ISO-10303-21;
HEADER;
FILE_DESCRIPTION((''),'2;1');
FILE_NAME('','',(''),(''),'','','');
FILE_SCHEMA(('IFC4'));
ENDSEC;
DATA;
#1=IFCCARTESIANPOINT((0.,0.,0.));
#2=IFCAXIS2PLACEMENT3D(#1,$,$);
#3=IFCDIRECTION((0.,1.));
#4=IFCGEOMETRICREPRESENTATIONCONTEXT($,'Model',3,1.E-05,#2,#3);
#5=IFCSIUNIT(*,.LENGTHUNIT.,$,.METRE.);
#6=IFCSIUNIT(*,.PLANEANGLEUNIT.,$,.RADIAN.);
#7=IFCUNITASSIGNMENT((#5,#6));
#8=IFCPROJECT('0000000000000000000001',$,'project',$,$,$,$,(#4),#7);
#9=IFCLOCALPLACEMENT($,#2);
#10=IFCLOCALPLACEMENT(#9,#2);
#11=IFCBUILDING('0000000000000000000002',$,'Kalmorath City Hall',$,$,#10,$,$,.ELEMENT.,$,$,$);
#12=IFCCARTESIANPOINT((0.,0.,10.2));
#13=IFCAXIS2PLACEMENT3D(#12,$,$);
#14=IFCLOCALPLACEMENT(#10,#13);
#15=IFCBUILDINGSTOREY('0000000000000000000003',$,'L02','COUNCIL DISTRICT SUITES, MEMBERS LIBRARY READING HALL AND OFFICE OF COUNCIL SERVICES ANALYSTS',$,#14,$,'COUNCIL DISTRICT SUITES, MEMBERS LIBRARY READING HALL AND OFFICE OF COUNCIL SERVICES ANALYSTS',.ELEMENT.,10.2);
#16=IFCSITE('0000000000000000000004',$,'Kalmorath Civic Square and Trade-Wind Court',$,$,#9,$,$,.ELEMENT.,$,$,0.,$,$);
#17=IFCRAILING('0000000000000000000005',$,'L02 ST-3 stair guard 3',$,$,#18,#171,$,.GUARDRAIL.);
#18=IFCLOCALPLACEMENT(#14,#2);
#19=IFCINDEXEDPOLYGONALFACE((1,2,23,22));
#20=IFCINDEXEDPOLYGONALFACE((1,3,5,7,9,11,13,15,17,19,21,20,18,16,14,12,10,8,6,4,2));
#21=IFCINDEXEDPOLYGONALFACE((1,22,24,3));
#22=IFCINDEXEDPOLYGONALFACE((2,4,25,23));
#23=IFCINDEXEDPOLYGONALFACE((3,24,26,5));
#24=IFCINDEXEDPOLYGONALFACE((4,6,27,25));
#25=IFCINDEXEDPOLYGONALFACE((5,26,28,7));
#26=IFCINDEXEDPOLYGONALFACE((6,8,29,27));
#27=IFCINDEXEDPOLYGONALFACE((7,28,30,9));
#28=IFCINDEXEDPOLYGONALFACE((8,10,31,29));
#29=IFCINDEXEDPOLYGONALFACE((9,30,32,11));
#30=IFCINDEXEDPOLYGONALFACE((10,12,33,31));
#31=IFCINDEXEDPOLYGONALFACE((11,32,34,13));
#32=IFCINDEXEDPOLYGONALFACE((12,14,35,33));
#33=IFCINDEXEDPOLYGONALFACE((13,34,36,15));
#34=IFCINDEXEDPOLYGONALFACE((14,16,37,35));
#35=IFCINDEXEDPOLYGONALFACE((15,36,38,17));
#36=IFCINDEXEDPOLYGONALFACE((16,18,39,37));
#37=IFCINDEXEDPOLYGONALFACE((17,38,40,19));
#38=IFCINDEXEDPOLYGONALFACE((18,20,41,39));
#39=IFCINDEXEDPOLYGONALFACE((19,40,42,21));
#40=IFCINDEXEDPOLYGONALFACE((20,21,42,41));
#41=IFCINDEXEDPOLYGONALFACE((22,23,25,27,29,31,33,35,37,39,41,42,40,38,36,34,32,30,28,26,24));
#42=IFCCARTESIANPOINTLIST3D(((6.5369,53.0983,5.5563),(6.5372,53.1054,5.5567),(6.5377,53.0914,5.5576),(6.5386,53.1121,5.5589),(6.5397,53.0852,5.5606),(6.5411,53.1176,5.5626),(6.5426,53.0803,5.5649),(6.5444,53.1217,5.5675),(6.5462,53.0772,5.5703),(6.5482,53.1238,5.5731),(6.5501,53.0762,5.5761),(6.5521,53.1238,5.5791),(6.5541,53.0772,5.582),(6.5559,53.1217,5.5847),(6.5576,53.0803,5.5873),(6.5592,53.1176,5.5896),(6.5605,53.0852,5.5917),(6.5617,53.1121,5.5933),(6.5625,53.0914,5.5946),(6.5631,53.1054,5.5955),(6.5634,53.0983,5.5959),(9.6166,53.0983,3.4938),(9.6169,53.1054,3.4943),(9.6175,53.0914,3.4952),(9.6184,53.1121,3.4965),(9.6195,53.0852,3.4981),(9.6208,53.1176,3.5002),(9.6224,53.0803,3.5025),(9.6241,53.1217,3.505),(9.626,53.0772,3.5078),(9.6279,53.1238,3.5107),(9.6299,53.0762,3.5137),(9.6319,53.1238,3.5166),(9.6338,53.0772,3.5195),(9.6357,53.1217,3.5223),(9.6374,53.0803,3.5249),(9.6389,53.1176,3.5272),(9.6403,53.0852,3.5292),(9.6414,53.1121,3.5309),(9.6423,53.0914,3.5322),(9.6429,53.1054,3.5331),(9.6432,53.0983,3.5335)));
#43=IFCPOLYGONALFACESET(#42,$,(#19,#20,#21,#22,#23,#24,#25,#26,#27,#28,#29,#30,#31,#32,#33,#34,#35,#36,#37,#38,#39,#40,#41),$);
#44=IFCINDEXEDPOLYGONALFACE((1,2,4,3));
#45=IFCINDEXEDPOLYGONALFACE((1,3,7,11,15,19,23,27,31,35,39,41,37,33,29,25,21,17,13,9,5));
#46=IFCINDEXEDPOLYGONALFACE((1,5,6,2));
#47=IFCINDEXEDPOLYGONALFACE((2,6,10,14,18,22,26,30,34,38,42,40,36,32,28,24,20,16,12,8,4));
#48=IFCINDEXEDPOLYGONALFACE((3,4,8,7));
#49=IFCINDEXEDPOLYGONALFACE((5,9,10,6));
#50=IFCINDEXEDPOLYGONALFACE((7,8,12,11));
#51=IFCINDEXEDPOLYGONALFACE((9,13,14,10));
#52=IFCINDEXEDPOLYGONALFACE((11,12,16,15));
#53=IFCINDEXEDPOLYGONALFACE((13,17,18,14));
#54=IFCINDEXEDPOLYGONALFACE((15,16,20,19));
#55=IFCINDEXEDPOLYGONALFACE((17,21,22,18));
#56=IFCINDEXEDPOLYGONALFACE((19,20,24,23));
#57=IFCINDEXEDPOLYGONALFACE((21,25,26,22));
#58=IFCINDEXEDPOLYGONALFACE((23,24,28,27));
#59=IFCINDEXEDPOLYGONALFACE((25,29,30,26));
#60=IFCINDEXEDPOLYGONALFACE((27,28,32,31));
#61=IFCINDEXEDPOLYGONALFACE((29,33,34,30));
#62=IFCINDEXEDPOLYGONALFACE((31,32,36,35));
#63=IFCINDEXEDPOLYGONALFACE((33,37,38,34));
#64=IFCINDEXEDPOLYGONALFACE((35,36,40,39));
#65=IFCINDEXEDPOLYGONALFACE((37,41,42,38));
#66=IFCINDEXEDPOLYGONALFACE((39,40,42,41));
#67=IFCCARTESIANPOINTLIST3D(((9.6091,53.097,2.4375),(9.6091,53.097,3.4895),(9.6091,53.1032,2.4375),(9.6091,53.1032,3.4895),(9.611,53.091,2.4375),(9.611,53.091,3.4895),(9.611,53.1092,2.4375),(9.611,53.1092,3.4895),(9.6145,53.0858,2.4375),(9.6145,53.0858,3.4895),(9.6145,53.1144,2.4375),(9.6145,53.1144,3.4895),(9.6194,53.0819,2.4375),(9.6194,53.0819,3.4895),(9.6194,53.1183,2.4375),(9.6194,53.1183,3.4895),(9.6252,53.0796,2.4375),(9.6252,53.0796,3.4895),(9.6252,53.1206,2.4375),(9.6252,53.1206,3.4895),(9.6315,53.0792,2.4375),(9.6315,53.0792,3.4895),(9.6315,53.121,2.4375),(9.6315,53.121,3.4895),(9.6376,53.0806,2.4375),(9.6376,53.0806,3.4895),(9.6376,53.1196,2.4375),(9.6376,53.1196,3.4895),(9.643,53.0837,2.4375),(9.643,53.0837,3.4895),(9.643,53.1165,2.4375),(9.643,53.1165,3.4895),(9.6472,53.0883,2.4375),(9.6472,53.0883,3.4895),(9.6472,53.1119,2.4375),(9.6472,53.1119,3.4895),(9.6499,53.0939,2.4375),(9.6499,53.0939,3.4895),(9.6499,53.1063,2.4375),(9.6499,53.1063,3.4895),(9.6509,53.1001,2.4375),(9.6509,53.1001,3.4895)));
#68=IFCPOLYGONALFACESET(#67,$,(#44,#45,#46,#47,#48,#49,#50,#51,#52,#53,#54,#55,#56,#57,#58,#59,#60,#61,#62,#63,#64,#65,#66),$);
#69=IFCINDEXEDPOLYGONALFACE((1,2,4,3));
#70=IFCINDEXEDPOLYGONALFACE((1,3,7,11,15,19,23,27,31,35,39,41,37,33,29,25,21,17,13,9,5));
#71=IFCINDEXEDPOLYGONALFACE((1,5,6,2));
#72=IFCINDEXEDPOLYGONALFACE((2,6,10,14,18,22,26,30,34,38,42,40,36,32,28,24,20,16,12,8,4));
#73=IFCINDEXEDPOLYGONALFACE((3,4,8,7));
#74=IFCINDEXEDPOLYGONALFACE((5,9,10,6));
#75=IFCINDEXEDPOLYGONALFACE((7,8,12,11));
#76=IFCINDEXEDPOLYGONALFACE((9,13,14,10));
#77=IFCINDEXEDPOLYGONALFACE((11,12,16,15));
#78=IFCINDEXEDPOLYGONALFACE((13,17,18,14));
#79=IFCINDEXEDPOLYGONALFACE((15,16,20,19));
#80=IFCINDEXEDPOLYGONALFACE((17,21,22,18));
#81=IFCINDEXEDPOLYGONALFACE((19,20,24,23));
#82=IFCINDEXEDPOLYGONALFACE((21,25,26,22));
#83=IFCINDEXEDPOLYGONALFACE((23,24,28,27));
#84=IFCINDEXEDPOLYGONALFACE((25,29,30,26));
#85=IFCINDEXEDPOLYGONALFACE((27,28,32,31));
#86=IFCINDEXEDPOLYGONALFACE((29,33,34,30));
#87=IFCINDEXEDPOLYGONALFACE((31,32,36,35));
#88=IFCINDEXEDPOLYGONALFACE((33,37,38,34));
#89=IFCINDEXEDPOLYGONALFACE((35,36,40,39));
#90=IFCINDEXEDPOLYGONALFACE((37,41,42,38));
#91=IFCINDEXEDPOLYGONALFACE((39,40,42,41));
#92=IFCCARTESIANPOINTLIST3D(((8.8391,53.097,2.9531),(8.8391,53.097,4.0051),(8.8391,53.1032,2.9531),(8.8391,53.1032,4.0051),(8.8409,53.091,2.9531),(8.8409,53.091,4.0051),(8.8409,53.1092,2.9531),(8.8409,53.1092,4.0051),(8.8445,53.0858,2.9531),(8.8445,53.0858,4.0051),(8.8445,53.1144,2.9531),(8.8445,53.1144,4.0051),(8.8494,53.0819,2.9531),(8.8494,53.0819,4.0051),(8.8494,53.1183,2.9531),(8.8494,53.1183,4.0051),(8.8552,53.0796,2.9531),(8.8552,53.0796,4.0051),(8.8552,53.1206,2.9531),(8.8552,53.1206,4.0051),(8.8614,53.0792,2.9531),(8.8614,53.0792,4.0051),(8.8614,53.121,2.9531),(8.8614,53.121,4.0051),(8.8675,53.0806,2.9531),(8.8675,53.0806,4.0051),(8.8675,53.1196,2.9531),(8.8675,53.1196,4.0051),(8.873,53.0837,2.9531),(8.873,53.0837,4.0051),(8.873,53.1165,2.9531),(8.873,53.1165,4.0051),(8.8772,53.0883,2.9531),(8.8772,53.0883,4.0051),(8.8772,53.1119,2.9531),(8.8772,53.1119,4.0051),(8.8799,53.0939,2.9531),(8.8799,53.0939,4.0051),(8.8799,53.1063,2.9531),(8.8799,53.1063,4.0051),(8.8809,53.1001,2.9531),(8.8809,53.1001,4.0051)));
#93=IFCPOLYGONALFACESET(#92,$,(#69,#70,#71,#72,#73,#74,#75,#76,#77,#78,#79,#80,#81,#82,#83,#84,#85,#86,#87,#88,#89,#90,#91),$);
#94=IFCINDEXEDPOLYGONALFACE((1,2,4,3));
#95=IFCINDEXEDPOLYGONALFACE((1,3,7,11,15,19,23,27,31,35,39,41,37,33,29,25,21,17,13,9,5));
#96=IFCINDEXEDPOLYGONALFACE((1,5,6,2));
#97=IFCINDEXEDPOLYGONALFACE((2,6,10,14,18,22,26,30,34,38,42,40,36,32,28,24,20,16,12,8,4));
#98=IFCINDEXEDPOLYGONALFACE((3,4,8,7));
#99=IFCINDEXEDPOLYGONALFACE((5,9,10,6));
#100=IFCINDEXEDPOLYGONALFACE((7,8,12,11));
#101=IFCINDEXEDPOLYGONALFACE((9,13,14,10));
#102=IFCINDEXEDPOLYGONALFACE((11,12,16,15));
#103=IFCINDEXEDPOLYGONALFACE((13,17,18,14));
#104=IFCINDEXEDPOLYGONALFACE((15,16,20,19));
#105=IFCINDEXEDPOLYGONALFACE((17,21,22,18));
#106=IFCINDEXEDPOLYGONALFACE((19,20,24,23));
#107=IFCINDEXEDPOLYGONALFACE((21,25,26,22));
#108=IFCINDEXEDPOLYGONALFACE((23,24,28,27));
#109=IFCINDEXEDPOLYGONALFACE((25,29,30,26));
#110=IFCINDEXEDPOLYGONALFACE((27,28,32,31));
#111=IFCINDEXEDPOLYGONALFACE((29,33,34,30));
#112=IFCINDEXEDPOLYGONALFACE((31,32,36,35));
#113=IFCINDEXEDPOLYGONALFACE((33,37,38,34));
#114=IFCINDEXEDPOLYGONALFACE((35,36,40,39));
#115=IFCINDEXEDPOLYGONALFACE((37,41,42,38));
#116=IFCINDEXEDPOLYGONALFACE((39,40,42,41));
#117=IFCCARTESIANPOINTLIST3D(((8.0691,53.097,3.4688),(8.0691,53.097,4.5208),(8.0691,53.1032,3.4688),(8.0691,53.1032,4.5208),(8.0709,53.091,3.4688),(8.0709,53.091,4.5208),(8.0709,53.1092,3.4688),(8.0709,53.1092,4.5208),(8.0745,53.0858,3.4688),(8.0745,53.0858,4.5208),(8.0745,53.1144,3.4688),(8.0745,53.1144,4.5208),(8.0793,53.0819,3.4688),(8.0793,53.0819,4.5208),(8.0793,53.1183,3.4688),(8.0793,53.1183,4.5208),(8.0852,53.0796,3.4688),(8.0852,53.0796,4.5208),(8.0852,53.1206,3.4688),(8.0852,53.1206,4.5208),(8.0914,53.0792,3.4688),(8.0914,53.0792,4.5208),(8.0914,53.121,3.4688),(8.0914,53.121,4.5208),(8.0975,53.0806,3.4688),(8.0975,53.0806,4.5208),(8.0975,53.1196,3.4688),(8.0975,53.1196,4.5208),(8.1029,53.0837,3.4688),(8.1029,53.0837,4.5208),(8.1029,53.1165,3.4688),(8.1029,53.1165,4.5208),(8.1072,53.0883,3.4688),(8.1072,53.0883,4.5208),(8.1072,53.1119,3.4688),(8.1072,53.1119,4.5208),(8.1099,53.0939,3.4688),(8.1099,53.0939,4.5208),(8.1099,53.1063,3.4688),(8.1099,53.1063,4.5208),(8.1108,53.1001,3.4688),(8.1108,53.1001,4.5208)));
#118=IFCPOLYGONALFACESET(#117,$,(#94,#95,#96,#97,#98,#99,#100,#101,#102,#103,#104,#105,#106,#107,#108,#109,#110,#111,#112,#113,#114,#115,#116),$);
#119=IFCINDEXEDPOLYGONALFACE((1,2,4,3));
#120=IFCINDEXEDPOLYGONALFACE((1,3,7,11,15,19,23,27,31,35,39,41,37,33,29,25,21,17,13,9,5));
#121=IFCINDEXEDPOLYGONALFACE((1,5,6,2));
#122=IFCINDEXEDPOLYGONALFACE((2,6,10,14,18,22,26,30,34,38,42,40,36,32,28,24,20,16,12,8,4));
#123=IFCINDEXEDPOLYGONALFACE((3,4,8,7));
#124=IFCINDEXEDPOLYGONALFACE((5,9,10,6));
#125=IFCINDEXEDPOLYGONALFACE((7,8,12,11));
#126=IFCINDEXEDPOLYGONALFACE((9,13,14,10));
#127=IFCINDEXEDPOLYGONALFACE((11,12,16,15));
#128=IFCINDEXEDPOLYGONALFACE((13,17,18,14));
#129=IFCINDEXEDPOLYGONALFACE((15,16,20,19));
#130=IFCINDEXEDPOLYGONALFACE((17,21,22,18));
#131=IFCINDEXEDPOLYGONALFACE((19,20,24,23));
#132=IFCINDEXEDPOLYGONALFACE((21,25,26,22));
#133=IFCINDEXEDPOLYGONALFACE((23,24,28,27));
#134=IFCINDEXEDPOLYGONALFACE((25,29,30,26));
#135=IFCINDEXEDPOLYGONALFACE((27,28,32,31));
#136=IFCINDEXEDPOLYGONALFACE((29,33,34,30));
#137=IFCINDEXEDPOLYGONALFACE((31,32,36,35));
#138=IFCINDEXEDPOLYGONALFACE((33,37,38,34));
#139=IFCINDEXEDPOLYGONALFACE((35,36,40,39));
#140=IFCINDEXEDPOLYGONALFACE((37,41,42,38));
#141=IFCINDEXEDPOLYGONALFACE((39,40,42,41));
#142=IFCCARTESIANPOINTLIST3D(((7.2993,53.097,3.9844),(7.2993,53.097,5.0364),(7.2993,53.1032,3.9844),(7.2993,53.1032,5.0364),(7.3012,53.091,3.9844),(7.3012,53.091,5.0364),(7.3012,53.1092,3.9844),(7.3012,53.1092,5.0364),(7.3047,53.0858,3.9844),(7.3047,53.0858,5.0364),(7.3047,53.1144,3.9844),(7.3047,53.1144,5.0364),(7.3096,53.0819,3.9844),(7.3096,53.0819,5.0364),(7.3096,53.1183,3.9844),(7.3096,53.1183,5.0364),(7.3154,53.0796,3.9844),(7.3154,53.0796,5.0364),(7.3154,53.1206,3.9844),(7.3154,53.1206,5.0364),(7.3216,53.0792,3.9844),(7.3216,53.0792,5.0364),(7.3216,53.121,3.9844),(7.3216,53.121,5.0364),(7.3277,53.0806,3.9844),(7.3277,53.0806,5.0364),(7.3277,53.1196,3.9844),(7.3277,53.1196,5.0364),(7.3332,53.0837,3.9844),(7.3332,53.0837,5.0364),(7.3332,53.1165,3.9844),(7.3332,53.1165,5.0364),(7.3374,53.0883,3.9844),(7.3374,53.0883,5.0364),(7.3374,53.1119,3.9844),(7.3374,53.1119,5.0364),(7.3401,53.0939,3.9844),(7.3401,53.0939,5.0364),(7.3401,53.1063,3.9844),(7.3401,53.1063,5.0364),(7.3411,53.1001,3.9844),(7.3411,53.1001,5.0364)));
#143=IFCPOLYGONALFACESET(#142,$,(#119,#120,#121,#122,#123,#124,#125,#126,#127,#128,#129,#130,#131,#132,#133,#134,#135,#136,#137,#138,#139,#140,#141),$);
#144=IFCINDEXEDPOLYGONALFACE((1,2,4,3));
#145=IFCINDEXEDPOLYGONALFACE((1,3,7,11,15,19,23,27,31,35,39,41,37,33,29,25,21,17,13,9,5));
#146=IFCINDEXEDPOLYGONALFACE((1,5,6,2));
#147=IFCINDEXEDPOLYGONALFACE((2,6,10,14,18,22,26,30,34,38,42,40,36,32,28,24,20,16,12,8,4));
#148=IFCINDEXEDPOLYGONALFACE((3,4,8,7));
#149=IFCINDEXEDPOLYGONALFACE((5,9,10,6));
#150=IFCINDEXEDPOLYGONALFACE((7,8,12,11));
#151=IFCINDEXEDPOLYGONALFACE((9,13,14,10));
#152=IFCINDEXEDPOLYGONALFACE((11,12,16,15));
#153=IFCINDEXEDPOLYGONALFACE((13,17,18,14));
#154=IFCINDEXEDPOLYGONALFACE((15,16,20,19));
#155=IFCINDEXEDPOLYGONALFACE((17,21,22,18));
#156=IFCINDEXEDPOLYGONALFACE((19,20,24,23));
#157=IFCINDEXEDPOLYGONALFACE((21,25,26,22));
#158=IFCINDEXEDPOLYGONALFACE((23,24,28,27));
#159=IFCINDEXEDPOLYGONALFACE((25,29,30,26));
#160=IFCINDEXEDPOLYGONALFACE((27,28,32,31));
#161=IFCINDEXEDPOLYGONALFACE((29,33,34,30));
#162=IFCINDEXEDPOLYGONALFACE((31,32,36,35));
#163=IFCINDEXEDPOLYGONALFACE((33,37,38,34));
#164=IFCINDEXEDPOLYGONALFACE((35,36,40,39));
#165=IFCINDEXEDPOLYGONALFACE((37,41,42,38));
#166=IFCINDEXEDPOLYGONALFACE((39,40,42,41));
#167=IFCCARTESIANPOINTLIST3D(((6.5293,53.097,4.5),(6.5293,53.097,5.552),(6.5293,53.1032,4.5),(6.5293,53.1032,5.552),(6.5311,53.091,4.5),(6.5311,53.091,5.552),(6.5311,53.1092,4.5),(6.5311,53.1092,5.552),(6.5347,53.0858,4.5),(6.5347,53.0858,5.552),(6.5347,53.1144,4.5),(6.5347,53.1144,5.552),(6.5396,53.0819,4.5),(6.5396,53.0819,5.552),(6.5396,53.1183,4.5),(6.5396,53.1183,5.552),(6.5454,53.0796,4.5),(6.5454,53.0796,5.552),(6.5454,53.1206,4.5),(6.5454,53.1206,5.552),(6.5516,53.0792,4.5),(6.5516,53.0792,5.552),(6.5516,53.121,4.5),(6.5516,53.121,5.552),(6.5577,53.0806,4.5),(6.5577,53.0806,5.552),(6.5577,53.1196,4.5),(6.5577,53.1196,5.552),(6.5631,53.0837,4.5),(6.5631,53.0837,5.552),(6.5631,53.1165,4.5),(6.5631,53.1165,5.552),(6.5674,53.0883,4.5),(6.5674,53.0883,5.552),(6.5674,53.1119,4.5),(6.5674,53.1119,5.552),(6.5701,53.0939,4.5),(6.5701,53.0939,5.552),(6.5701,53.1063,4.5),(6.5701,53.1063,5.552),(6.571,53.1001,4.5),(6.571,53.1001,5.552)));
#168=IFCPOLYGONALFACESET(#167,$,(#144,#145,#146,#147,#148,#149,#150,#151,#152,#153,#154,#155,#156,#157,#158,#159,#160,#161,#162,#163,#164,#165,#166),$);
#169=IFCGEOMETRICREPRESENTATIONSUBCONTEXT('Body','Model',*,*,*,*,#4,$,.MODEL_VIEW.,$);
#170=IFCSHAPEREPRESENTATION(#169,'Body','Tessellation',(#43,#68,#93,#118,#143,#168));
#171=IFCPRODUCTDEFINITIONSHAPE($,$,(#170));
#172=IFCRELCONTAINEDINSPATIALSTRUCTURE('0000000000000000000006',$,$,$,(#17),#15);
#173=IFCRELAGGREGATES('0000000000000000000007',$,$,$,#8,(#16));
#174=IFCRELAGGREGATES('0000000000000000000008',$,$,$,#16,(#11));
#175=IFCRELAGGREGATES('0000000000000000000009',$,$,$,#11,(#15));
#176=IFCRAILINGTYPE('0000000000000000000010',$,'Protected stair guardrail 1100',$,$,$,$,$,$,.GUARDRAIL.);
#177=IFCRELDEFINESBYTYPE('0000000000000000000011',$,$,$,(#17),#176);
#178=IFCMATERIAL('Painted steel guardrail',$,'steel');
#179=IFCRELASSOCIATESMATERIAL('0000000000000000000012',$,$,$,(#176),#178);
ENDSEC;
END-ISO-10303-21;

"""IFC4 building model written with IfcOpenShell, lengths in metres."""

from ifc_helpers import new_model, si_unit, direction, frame, origin, origin_2d, place, context, subcontext, project, spatial, circle, extrude, material, type_object, element, save


model = new_model("IFC4")

# Units and contexts
model_context = context("Model", 3, precision=1e-05, world=origin(), true_north=direction((0.0, 1.0)))
body_context = subcontext(model_context, "Body", "Model", "MODEL_VIEW")
ifc_project = project(units=[si_unit("LENGTHUNIT", "METRE"), si_unit("PLANEANGLEUNIT", "RADIAN")], contexts=[model_context])

# Site, building, storey
site_placement = place(None, origin())
site = spatial("IfcSite", under=ifc_project, at=site_placement, Name="Kalmorath Civic Square and Trade-Wind Court", CompositionType="ELEMENT", RefElevation=0.0)
building_placement = place(site_placement, origin())
building = spatial("IfcBuilding", under=site, at=building_placement, Name="Kalmorath City Hall", CompositionType="ELEMENT")
storey_placement = place(building_placement, frame((0.0, 0.0, 10.2)))
storey = spatial("IfcBuildingStorey", under=building, at=storey_placement, Name="L02", Description="COUNCIL DISTRICT SUITES, MEMBERS LIBRARY READING HALL AND OFFICE OF COUNCIL SERVICES ANALYSTS", LongName="COUNCIL DISTRICT SUITES, MEMBERS LIBRARY READING HALL AND OFFICE OF COUNCIL SERVICES ANALYSTS", CompositionType="ELEMENT", Elevation=10.2)

# Railing
ifc_material_1 = material(Name="Painted steel guardrail", Category="steel")
railing_type_1 = type_object("IfcRailingType", Name="Protected stair guardrail 1100", PredefinedType="GUARDRAIL", material=ifc_material_1)
railing_1_placement = place(storey_placement, frame((9.6299, 53.1001, 2.4375)))
element("IfcRailing", 1, at=railing_1_placement, inside=storey, type_object=railing_type_1, Name="L02 ST-3 stair guard 3", PredefinedType="GUARDRAIL", context=body_context, shape_type="SweptSolid", body=[
    extrude(circle(Radius=0.0239, at=origin_2d()), frame((0.0, 0.0, 1.0762), z_axis=(-0.830893, 0.0, 0.556432), x_axis=(0.0, -1.0, 0.0)), (0.0, 0.0, 1.0), 3.7065),
    extrude(circle(Radius=0.021, at=origin_2d()), origin(), (0.0, 0.0, 1.0), 1.052),
    extrude(circle(Radius=0.021, at=origin_2d()), frame((-0.77, 0.0, 0.5156)), (0.0, 0.0, 1.0), 1.052),
    extrude(circle(Radius=0.021, at=origin_2d()), frame((-1.54, 0.0, 1.0312)), (0.0, 0.0, 1.0), 1.052),
    extrude(circle(Radius=0.021, at=origin_2d()), frame((-2.3098, 0.0, 1.5469)), (0.0, 0.0, 1.0), 1.052),
    extrude(circle(Radius=0.021, at=origin_2d()), frame((-3.0798, 0.0, 2.0625)), (0.0, 0.0, 1.0), 1.052),
])

save(model, "model.ifc")
